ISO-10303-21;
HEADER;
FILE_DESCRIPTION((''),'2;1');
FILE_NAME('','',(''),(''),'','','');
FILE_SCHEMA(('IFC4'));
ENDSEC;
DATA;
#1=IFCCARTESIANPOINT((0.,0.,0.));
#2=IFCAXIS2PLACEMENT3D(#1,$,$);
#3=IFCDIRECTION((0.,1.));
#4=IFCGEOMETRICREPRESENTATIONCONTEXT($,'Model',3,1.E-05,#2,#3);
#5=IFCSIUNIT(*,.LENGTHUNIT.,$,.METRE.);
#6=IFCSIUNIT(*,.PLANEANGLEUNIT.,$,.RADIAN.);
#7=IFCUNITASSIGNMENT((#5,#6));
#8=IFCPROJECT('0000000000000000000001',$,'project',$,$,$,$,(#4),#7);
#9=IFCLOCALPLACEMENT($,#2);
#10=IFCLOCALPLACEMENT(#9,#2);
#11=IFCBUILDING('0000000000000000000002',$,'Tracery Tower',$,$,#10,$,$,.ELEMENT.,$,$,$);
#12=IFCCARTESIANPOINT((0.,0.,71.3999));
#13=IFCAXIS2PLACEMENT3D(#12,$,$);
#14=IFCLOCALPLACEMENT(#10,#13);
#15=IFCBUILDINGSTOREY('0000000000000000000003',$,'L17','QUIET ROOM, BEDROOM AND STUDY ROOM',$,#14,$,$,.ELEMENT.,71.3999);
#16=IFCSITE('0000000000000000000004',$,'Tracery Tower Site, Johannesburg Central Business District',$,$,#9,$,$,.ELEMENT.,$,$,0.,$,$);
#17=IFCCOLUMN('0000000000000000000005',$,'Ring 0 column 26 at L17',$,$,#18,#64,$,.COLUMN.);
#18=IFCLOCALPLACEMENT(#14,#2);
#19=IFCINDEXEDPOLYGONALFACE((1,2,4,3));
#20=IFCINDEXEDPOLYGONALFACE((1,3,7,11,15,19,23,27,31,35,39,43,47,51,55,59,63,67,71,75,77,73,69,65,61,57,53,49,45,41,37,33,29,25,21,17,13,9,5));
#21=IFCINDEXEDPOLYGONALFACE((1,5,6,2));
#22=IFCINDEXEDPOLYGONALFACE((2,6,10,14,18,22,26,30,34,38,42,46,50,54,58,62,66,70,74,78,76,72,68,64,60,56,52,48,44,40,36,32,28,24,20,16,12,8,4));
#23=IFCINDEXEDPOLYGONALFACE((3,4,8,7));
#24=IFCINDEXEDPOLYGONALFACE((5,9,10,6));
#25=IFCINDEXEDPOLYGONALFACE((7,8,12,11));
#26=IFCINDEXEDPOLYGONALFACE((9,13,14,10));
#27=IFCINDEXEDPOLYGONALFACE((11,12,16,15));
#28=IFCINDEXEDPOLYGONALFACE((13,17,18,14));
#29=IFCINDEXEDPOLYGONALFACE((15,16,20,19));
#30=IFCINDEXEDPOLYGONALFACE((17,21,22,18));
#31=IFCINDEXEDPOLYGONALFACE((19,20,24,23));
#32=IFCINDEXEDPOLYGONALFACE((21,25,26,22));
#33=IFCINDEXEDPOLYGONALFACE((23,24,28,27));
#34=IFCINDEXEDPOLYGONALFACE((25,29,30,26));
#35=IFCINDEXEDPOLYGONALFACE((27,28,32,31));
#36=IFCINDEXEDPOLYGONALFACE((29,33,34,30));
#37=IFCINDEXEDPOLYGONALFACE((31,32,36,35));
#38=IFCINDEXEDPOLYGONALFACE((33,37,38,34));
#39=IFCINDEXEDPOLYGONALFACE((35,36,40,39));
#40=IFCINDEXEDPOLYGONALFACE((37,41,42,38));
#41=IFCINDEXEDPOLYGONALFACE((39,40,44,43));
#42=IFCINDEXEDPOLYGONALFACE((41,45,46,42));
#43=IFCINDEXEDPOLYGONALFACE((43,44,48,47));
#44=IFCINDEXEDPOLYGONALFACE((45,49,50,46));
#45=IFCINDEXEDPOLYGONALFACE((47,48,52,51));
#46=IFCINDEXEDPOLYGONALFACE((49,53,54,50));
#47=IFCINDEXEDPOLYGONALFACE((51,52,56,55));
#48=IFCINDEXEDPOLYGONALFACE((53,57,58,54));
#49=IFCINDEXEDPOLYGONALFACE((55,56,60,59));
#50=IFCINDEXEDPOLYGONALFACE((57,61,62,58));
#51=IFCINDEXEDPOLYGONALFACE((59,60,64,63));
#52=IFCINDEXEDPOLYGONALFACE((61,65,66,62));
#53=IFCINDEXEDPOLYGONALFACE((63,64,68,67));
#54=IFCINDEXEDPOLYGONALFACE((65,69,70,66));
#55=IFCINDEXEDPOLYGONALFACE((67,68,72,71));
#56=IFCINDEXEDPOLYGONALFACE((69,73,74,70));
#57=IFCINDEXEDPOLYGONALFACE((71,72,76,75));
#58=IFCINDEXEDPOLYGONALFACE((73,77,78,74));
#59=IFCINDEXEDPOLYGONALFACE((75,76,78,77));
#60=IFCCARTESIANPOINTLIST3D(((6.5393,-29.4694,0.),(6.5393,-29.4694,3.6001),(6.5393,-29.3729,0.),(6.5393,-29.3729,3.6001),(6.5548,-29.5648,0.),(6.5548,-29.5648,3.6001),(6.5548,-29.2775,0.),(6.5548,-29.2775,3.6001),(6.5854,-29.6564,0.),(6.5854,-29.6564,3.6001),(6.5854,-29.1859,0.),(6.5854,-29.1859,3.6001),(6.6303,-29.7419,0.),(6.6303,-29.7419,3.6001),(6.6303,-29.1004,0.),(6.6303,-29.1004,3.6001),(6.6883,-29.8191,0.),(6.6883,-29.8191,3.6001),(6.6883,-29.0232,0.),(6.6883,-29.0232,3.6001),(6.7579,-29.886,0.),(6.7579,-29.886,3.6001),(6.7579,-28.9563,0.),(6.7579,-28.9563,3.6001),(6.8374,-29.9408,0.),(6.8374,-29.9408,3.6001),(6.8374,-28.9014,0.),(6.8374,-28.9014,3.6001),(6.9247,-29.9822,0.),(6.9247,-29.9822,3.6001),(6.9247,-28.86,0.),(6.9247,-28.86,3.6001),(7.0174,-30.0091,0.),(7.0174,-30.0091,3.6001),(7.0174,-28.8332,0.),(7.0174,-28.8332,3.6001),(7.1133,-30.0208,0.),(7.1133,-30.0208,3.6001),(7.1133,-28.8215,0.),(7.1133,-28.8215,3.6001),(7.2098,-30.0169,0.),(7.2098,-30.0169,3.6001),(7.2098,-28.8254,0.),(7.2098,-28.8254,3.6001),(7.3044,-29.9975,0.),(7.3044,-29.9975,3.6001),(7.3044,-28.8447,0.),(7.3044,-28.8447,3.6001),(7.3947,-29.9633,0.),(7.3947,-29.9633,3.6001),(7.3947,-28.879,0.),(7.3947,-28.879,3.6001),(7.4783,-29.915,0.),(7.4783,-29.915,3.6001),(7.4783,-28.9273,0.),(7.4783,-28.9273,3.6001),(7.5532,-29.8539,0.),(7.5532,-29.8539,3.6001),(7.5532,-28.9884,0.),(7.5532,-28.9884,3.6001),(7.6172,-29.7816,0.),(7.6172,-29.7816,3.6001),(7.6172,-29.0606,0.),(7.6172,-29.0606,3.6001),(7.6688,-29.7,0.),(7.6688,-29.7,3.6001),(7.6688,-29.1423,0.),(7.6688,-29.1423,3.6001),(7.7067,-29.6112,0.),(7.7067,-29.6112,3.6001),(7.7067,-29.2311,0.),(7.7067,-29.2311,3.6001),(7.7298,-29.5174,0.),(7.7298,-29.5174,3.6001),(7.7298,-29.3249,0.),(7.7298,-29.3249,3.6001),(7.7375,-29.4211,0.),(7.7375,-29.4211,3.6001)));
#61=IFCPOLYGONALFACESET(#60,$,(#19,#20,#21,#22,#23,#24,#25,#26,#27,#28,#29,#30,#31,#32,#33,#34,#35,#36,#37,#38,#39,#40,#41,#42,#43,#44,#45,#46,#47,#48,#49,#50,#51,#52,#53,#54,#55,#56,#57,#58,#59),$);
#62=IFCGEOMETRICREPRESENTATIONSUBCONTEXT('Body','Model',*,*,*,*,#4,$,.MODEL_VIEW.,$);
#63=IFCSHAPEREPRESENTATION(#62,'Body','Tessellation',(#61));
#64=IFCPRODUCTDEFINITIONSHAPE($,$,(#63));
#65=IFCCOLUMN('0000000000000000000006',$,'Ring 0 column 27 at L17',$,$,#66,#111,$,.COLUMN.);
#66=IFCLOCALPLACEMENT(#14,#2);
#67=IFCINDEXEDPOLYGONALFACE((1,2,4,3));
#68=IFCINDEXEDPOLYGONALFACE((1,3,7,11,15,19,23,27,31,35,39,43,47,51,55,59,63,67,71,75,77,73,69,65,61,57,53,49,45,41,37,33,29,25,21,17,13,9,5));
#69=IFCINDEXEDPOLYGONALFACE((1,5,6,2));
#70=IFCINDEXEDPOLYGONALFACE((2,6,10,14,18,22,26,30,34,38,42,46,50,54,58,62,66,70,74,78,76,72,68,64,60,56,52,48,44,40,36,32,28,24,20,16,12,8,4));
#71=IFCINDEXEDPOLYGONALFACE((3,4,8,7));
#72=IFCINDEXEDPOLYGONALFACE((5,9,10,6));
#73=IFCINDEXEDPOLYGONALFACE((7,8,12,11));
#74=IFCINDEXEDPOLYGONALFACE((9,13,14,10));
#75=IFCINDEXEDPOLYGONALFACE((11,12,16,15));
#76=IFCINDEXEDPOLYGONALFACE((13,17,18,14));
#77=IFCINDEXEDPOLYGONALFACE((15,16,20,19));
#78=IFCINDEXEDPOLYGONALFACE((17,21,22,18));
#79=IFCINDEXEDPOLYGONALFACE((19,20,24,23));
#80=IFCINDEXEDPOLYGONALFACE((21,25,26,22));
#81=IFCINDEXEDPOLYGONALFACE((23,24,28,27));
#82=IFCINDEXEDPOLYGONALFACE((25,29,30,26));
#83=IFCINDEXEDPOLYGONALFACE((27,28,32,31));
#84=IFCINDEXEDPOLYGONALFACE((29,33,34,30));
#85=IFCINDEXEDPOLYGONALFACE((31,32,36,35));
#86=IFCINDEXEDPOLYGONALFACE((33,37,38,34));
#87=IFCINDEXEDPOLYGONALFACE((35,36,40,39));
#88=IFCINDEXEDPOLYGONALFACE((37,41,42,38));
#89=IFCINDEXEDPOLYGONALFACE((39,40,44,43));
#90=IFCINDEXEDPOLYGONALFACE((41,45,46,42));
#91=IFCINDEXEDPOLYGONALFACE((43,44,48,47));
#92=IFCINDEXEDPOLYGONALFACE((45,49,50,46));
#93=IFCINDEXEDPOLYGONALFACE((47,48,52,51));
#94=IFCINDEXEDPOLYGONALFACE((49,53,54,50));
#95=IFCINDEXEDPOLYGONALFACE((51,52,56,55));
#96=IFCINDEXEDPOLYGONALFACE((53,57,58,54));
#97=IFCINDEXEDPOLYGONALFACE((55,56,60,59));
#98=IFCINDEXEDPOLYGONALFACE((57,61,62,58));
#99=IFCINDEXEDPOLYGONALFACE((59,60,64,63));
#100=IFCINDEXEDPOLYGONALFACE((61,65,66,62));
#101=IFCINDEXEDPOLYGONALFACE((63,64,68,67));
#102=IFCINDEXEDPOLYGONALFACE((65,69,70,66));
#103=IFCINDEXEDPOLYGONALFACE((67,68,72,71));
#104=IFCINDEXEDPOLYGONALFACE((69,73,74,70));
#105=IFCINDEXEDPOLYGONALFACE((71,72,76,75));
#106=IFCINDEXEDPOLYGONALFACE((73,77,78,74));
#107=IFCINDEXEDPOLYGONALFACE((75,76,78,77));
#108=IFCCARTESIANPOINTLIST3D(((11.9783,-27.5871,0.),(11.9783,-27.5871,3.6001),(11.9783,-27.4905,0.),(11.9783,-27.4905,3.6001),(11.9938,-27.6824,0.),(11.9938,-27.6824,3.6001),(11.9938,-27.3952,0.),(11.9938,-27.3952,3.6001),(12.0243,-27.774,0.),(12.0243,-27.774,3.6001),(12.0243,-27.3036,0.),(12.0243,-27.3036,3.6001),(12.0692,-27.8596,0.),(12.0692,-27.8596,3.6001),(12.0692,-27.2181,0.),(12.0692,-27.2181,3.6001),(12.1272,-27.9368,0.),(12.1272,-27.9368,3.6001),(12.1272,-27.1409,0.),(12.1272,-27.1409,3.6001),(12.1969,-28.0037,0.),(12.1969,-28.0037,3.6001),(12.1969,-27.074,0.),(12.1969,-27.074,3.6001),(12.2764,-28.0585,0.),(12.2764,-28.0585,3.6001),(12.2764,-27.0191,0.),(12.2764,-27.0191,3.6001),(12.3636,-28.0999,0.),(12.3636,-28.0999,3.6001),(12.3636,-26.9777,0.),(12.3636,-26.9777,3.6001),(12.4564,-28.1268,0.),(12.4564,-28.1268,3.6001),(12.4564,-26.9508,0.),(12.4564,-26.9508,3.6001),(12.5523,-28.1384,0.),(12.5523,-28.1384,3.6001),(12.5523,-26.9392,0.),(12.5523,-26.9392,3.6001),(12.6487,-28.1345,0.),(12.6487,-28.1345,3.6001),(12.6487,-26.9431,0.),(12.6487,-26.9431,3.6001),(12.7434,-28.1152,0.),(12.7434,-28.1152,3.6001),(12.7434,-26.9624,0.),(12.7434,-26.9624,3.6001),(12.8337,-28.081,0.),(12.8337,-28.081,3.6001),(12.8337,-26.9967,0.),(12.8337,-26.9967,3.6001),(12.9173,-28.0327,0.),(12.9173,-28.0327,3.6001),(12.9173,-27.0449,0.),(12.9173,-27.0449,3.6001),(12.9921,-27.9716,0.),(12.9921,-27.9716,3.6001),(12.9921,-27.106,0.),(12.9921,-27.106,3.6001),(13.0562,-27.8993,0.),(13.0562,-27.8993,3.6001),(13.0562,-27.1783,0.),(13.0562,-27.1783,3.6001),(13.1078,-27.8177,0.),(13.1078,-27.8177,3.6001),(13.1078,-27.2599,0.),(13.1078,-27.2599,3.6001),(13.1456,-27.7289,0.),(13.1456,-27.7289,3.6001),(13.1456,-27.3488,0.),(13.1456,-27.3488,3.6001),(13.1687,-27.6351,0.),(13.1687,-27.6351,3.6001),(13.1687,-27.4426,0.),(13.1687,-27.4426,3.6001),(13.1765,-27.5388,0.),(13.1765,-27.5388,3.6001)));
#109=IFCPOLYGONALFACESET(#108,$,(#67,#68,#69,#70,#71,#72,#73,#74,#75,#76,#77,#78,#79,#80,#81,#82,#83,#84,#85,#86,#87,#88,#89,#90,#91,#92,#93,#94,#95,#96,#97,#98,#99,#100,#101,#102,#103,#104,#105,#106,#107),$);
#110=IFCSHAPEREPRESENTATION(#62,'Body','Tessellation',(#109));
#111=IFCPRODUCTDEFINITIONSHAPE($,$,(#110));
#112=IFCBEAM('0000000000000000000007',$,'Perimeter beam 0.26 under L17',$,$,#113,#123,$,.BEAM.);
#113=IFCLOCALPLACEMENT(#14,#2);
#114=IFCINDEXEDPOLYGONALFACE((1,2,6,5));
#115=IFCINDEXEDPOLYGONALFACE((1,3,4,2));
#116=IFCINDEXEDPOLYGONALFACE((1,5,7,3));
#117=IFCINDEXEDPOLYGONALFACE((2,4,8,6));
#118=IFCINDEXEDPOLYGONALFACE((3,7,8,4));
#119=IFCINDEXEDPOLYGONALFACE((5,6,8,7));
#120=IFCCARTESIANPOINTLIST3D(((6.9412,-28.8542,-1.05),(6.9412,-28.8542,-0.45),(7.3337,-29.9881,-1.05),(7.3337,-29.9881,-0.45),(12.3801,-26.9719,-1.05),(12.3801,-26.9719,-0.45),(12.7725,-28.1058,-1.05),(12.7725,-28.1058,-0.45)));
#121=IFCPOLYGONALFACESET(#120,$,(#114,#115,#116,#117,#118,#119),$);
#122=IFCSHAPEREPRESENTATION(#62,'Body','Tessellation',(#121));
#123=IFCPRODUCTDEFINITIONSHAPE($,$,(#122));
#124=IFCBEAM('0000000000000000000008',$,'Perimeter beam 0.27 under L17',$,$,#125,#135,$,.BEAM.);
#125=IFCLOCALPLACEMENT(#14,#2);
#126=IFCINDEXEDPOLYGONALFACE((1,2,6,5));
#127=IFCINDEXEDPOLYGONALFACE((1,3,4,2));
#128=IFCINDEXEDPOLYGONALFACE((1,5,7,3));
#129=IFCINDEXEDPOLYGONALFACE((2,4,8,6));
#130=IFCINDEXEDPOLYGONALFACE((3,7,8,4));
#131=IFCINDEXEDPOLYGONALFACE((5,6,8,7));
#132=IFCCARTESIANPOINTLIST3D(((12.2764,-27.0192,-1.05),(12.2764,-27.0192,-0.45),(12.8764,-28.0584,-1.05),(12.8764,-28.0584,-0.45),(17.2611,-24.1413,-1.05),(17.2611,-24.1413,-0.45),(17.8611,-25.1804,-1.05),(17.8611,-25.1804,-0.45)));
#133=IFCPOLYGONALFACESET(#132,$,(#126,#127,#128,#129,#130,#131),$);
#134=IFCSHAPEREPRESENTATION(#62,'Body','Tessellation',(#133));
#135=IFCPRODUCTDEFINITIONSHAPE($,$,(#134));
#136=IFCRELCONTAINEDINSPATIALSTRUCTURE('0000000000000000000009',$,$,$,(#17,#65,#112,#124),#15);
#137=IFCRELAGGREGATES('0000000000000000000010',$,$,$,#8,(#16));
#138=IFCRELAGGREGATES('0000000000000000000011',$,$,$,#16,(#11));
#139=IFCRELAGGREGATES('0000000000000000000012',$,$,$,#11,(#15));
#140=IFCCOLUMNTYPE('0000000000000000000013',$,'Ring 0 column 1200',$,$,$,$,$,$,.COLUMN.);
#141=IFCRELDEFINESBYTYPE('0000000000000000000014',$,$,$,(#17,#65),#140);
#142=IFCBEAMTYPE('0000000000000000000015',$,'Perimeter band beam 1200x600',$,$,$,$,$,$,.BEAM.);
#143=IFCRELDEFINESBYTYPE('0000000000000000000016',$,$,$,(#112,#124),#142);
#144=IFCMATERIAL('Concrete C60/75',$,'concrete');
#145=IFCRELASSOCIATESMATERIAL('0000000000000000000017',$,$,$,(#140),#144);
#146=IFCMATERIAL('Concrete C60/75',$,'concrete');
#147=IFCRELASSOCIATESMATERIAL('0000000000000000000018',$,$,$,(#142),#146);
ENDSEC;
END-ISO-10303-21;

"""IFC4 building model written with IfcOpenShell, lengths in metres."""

from ifc_helpers import new_model, si_unit, direction, frame, origin, origin_2d, place, context, subcontext, project, spatial, rectangle, circle, extrude, material, material_profile, profile_set, type_object, element, save


model = new_model("IFC4")

# Units and contexts
model_context = context("Model", 3, precision=1e-05, world=origin(), true_north=direction((0.0, 1.0)))
body_context = subcontext(model_context, "Body", "Model", "MODEL_VIEW")
ifc_project = project(units=[si_unit("LENGTHUNIT", "METRE"), si_unit("PLANEANGLEUNIT", "RADIAN")], contexts=[model_context])

# Site, building, storey
site_placement = place(None, origin())
site = spatial("IfcSite", under=ifc_project, at=site_placement, Name="Tracery Tower Site, Johannesburg Central Business District", CompositionType="ELEMENT", RefElevation=0.0)
building_placement = place(site_placement, origin())
building = spatial("IfcBuilding", under=site, at=building_placement, Name="Tracery Tower", CompositionType="ELEMENT")
storey_placement = place(building_placement, frame((0.0, 0.0, 71.3999)))
storey = spatial("IfcBuildingStorey", under=building, at=storey_placement, Name="L17", Description="QUIET ROOM, BEDROOM AND STUDY ROOM", CompositionType="ELEMENT", Elevation=71.3999)

# Columns
ifc_material_1 = material(Name="Concrete C60/75", Category="concrete")
ifc_material_profile_1 = material_profile(ifc_material_1, circle(Radius=0.6001, at=origin_2d()), Name="RC D1200")
ifc_profile_set_1 = profile_set([ifc_material_profile_1], Name="Concrete C60/75")
column_type = type_object("IfcColumnType", Name="Ring 0 column 1200", PredefinedType="COLUMN", material=ifc_profile_set_1)
for number, where, z_axis, x_axis, name in (
    (1, (7.1375, -29.4211, 0.0), (0.0, 0.0, 1.0), (1.0, 0.0, 0.0), "Ring 0 column 26 at L17"),
    (2, (12.5764, -27.5388, 0.0), (0.0, 0.0, 1.0), (1.0, 0.0, 0.0), "Ring 0 column 27 at L17"),
):
    element("IfcColumn", number, at=place(storey_placement, frame(where, z_axis=z_axis, x_axis=x_axis)), inside=storey, type_object=column_type, Name=name, PredefinedType="COLUMN", context=body_context, shape_type="SweptSolid", body=[
        extrude(circle(Radius=0.6001, at=origin_2d()), origin(), (0.0, 0.0, 1.0), 3.6001),
    ])

# Beams
ifc_material_2 = material(Name="Concrete C60/75", Category="concrete")
ifc_material_profile_2 = material_profile(ifc_material_2, rectangle(XDim=1.2, YDim=0.6001, at=origin_2d()), Name="RC 1200x600")
ifc_profile_set_2 = profile_set([ifc_material_profile_2], Name="Concrete C60/75")
beam_type = type_object("IfcBeamType", Name="Perimeter band beam 1200x600", PredefinedType="BEAM", material=ifc_profile_set_2)
beam_1_placement = place(storey_placement, frame((7.1375, -29.4211, -0.75), z_axis=(0.945007, 0.327049, 0.0), x_axis=(-0.327049, 0.945007, 0.0)))
element("IfcBeam", 3, at=beam_1_placement, inside=storey, type_object=beam_type, Name="Perimeter beam 0.26 under L17", PredefinedType="BEAM", context=body_context, shape_type="SweptSolid", body=[
    extrude(rectangle(XDim=1.2, YDim=0.6001, at=origin_2d()), origin(), (0.0, 0.0, 1.0), 5.7554),
])
beam_2_placement = place(storey_placement, frame((12.5764, -27.5388, -0.75), z_axis=(0.866021, 0.500008, 0.0), x_axis=(-0.500008, 0.866021, 0.0)))
element("IfcBeam", 4, at=beam_2_placement, inside=storey, type_object=beam_type, Name="Perimeter beam 0.27 under L17", PredefinedType="BEAM", context=body_context, shape_type="SweptSolid", body=[
    extrude(rectangle(XDim=1.2, YDim=0.6001, at=origin_2d()), origin(), (0.0, 0.0, 1.0), 5.7559),
])

save(model, "model.ifc")
